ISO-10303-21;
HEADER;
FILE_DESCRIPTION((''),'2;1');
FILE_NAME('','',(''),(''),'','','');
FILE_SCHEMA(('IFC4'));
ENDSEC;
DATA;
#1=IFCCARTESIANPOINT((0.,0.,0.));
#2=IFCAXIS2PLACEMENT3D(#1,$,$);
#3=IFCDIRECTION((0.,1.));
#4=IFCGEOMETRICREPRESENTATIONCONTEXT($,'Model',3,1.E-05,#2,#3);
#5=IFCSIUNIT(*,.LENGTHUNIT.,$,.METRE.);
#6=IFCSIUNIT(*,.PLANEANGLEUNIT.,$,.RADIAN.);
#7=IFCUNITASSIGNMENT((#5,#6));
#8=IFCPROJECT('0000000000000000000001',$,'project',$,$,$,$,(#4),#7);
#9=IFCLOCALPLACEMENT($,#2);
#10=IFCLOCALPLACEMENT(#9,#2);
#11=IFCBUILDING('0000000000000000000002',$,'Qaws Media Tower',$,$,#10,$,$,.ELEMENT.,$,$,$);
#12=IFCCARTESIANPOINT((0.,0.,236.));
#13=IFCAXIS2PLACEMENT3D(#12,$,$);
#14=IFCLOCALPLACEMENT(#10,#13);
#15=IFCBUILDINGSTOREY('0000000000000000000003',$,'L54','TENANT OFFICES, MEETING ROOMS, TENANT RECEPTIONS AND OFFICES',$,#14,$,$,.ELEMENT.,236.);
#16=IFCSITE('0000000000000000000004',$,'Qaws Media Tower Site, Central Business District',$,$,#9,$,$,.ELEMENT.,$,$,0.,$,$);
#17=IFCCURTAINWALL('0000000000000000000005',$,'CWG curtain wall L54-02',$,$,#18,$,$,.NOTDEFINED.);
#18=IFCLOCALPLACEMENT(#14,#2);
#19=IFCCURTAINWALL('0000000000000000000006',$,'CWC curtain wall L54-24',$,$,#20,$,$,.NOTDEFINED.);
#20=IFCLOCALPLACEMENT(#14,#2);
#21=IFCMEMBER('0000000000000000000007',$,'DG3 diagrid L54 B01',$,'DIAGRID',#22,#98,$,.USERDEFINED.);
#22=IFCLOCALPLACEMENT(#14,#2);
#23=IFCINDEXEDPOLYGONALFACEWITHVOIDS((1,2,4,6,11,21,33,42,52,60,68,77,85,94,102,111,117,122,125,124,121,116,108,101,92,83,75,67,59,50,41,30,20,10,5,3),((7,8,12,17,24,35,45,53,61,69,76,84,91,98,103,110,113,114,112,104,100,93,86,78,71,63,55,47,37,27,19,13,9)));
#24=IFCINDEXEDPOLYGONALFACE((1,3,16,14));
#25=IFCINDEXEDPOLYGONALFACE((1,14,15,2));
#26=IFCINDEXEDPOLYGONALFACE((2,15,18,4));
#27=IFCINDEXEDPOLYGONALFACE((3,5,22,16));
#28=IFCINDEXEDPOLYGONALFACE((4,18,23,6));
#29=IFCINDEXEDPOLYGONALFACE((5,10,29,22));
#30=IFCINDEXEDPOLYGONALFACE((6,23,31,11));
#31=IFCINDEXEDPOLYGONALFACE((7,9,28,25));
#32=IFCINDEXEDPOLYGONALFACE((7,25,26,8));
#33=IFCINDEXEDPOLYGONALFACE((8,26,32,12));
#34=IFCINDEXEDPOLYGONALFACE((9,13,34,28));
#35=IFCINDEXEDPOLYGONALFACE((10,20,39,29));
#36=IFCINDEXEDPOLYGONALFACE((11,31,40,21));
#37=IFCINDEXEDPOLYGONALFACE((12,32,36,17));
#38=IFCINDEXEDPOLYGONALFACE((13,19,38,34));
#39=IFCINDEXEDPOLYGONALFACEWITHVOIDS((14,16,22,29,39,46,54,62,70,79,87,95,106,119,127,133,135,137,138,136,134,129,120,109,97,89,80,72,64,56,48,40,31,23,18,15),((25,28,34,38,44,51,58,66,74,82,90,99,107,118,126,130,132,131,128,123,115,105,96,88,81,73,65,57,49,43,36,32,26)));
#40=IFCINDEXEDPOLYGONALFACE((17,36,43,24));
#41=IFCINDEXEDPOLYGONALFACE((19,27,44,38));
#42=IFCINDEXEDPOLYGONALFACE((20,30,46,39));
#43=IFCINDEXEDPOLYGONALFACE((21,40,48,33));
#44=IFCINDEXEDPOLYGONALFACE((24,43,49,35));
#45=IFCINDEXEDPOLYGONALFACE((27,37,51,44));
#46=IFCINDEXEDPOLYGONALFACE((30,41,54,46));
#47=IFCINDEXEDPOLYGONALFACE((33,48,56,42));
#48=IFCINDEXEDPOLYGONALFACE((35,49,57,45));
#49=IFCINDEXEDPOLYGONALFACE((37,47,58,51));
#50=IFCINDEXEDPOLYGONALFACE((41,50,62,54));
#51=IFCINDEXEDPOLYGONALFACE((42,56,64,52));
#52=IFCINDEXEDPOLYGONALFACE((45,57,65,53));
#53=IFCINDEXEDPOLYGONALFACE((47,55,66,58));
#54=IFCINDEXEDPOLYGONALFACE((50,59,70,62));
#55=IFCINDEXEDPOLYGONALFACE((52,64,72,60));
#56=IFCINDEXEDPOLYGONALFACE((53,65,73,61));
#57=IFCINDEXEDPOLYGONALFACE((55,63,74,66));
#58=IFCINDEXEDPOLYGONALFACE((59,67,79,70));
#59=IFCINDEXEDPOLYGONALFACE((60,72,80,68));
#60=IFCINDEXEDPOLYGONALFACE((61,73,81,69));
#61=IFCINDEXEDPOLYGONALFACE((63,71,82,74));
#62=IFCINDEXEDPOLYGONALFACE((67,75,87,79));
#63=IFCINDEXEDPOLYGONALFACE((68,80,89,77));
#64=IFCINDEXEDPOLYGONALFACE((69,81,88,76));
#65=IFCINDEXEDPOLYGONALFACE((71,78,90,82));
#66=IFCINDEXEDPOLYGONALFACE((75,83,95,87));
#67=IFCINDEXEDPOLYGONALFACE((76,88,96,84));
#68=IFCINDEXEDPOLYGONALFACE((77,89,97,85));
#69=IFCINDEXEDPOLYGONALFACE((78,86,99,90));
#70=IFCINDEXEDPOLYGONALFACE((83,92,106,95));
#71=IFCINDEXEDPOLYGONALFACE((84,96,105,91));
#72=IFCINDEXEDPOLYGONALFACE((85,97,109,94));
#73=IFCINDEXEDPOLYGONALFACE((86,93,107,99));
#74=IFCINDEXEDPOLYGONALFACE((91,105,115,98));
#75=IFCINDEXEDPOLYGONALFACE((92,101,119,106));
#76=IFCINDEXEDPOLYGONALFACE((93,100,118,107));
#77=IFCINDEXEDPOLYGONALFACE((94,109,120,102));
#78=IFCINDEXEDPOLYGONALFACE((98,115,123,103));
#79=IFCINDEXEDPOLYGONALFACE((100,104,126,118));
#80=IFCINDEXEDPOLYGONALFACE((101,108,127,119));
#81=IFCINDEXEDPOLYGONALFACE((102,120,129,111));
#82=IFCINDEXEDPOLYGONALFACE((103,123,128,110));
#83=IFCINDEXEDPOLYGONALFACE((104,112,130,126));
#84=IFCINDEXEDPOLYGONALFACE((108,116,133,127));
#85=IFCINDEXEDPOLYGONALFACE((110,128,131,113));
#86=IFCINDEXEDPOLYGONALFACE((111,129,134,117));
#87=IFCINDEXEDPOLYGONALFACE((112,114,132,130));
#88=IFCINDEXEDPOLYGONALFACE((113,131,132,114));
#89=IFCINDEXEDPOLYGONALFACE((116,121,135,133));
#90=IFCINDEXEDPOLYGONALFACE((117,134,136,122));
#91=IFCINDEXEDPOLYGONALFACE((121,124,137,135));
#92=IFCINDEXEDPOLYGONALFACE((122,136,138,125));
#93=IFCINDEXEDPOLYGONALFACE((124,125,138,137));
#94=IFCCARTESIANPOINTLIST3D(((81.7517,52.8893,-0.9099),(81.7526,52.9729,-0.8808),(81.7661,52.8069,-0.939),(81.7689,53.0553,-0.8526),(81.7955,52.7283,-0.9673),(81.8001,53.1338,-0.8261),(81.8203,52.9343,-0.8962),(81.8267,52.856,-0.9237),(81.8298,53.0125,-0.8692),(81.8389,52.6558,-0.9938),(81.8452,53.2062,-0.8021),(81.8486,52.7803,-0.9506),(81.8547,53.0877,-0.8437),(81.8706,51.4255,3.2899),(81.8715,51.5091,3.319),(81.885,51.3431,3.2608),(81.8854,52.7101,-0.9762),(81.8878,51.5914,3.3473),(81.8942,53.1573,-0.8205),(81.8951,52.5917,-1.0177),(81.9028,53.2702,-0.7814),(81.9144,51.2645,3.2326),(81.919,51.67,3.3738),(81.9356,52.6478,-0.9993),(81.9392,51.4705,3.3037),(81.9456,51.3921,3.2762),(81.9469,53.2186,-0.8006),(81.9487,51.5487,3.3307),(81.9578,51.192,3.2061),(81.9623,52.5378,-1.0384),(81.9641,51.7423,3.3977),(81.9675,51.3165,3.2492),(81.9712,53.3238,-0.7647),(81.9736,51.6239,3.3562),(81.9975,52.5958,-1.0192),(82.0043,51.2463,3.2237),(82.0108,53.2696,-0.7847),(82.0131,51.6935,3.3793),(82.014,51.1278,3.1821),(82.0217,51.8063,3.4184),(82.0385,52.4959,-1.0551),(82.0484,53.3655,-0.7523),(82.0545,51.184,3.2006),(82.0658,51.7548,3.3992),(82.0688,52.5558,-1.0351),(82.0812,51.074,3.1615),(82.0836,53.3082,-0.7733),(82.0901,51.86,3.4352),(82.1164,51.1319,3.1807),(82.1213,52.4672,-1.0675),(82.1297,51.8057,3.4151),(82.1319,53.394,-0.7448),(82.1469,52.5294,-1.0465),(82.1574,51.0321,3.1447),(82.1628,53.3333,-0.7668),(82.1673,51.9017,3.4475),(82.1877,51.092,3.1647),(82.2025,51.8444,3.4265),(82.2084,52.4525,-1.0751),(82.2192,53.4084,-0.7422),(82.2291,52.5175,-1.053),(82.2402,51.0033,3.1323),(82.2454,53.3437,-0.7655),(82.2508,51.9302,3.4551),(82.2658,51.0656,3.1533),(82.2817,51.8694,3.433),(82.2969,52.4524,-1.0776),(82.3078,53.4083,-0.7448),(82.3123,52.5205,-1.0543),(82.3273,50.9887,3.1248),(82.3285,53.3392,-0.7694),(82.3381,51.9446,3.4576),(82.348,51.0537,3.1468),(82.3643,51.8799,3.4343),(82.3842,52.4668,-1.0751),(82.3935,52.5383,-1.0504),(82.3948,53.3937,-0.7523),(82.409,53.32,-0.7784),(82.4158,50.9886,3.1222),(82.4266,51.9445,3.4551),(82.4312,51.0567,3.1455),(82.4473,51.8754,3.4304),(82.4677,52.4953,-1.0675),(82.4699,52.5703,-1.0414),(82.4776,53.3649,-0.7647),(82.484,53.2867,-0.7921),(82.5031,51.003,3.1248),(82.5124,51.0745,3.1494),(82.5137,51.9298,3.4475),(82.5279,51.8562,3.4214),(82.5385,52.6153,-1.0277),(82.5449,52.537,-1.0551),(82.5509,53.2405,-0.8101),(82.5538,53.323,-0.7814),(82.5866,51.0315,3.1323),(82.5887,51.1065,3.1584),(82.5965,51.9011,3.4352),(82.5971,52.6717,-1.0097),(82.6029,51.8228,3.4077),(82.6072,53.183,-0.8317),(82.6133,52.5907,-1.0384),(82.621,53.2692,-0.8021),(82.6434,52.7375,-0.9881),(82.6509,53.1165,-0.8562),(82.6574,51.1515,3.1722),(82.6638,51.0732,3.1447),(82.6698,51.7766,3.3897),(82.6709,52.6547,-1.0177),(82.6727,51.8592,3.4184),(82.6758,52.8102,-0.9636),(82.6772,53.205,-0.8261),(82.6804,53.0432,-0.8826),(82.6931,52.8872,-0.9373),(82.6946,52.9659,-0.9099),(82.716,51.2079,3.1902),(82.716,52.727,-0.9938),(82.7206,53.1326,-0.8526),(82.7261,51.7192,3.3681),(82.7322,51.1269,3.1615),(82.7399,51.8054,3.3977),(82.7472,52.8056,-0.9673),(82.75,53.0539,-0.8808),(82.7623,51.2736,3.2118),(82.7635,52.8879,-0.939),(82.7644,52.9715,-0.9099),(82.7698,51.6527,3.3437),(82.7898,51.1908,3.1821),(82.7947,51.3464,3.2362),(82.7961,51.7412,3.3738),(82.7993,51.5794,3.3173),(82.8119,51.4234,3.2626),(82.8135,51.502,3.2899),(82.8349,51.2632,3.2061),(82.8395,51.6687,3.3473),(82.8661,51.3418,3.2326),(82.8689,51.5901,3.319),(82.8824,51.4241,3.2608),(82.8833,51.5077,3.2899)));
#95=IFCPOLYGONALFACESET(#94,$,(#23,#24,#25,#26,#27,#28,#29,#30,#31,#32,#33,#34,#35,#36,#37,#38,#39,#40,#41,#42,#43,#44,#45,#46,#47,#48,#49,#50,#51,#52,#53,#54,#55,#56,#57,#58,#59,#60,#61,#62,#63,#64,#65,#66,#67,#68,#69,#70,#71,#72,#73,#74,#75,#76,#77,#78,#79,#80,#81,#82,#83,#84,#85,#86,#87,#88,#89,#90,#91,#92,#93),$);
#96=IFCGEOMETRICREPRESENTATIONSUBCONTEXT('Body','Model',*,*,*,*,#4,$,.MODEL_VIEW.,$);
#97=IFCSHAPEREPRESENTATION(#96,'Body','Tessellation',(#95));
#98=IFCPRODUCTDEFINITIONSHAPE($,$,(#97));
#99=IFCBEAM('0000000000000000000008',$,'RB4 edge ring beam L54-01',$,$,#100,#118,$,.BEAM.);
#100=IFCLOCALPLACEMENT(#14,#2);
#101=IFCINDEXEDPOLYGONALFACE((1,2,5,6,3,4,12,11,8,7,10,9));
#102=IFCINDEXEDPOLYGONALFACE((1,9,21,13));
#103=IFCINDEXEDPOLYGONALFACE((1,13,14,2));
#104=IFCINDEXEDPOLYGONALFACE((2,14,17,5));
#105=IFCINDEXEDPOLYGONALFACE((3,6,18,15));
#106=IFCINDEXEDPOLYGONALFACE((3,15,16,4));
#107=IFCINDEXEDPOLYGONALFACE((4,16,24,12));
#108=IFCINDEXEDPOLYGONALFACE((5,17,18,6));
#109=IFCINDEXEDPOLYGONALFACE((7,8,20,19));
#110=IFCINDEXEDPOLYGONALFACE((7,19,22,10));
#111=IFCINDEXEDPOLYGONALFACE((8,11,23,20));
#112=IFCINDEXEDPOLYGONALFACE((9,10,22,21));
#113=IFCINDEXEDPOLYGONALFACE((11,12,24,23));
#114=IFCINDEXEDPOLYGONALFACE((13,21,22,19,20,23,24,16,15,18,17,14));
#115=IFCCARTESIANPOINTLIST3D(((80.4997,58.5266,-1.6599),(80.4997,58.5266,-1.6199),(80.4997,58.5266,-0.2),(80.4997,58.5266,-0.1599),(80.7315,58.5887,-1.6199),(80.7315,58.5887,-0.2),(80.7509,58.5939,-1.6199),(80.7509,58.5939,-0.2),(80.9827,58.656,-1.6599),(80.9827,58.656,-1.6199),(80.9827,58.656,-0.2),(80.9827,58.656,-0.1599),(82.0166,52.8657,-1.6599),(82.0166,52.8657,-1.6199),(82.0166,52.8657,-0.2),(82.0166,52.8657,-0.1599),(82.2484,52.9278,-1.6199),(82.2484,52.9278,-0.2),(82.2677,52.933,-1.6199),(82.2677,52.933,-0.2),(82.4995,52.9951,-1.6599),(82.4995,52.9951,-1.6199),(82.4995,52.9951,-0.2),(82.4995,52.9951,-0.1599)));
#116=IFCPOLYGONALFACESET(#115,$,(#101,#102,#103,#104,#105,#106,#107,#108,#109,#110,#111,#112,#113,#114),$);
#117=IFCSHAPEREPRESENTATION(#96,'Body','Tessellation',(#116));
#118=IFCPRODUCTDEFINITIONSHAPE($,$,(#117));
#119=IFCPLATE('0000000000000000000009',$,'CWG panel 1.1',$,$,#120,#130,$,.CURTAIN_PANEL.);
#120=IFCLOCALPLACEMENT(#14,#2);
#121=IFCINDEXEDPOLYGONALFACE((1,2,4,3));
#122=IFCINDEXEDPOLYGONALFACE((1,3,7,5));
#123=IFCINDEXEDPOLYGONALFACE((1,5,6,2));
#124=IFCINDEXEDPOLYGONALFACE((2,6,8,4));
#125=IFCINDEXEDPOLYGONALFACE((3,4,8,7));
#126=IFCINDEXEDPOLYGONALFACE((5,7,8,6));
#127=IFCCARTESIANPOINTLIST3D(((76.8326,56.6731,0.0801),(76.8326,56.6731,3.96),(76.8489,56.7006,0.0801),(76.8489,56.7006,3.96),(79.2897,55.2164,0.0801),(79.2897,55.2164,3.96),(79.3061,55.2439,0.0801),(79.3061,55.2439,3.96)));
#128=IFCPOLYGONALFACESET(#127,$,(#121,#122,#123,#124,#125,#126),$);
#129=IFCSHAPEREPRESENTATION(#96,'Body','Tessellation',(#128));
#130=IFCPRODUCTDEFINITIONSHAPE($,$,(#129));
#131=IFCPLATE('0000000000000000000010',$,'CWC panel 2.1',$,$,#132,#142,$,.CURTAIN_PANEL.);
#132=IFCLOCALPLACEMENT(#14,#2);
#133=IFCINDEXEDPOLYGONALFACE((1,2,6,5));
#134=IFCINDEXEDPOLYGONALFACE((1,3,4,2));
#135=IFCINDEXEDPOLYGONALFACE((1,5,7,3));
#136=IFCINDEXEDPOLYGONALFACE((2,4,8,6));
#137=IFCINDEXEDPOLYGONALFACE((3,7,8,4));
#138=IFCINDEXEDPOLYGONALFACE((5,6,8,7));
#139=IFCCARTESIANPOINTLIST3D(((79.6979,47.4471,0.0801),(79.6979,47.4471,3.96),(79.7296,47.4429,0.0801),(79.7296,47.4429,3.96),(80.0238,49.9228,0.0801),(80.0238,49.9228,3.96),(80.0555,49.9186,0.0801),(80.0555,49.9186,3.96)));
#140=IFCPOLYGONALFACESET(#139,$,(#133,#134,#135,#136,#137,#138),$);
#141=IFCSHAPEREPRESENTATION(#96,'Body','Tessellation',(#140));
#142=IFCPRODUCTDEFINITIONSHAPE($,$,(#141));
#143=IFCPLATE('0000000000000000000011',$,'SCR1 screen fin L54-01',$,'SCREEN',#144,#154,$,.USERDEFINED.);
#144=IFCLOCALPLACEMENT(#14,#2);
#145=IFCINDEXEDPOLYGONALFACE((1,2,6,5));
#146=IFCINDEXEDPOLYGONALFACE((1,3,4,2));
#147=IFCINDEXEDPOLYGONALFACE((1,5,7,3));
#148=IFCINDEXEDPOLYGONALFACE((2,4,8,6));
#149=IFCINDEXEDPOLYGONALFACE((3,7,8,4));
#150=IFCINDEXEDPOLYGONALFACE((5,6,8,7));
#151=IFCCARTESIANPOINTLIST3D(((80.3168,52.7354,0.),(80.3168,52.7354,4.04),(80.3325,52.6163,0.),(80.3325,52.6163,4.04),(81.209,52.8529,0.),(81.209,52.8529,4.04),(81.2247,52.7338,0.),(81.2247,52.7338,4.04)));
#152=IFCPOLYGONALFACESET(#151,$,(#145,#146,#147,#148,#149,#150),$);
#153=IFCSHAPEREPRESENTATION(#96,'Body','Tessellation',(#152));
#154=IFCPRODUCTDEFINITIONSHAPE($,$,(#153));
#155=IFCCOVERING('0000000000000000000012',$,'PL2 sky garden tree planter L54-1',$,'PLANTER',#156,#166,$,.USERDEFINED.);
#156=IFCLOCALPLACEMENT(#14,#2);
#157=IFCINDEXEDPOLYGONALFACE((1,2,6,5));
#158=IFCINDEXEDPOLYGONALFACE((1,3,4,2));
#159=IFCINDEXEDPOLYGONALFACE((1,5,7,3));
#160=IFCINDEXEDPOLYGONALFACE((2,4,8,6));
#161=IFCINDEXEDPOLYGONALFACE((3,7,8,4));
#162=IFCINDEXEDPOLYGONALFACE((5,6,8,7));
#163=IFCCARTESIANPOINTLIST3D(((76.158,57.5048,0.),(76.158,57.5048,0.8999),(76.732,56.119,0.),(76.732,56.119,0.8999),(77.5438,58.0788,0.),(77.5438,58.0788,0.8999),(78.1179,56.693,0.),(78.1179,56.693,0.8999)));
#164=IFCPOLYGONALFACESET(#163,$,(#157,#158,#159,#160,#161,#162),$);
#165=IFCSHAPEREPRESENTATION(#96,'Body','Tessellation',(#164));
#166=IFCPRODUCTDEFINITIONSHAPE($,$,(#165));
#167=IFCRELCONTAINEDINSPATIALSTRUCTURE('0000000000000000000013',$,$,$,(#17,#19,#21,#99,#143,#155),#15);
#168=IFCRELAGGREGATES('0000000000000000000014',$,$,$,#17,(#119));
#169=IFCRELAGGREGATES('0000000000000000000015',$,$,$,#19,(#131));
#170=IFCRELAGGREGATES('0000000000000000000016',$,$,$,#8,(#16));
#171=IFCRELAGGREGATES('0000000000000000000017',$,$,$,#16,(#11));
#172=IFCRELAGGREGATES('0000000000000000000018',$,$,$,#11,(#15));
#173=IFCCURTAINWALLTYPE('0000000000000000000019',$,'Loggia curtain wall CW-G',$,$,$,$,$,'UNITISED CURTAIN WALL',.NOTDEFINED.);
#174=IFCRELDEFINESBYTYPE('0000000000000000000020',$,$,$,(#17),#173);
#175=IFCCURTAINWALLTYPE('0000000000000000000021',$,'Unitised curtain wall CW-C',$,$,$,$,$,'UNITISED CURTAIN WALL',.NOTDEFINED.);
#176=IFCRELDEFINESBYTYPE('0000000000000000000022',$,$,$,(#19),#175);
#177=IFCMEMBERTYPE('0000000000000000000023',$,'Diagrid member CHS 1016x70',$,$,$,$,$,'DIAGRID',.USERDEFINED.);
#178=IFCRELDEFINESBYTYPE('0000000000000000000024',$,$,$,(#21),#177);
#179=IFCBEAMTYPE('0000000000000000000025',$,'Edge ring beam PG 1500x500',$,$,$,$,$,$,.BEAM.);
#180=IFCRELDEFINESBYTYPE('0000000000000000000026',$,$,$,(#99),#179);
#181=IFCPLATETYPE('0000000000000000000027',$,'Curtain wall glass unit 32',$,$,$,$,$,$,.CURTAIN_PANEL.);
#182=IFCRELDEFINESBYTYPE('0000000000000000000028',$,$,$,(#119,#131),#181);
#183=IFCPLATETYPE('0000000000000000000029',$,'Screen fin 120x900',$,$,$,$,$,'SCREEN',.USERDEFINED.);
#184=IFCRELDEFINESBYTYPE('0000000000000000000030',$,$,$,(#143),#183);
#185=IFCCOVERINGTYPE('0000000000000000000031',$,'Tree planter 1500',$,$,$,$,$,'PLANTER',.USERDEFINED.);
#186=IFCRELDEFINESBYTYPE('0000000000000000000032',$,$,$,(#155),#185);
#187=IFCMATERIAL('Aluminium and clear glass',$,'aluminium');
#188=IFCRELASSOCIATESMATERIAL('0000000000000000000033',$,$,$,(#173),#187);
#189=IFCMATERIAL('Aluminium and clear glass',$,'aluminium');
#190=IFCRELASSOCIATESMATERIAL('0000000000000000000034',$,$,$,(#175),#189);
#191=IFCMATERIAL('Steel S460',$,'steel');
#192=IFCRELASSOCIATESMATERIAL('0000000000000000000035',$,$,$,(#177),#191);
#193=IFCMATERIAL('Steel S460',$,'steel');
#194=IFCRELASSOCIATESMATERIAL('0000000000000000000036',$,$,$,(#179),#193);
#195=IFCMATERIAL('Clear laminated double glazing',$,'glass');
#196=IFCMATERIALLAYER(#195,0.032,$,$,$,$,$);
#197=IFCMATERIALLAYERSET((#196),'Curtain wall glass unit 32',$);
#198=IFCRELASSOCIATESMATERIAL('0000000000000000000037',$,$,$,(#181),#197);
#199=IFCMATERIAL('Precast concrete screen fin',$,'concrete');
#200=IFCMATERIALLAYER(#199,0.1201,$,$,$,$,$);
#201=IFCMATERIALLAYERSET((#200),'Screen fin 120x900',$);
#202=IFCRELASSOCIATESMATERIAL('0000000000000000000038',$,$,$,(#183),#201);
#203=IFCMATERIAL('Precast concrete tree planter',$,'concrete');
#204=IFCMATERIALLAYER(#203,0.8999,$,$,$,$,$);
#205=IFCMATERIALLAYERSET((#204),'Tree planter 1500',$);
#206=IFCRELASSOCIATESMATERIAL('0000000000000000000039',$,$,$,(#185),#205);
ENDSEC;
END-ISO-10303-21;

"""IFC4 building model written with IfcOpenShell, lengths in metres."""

from ifc_helpers import new_model, si_unit, direction, frame, origin, origin_2d, place, context, subcontext, project, spatial, rectangle, hollow_circle, i_section, extrude, material, layer, layer_set, material_profile, profile_set, type_object, element, aggregate, save


model = new_model("IFC4")

# Units and contexts
model_context = context("Model", 3, precision=1e-05, world=origin(), true_north=direction((0.0, 1.0)))
body_context = subcontext(model_context, "Body", "Model", "MODEL_VIEW")
ifc_project = project(units=[si_unit("LENGTHUNIT", "METRE"), si_unit("PLANEANGLEUNIT", "RADIAN")], contexts=[model_context])

# Site, building, storey
site_placement = place(None, origin())
site = spatial("IfcSite", under=ifc_project, at=site_placement, Name="Qaws Media Tower Site, Central Business District", CompositionType="ELEMENT", RefElevation=0.0)
building_placement = place(site_placement, origin())
building = spatial("IfcBuilding", under=site, at=building_placement, Name="Qaws Media Tower", CompositionType="ELEMENT")
storey_placement = place(building_placement, frame((0.0, 0.0, 236.0)))
storey = spatial("IfcBuildingStorey", under=building, at=storey_placement, Name="L54", Description="TENANT OFFICES, MEETING ROOMS, TENANT RECEPTIONS AND OFFICES", CompositionType="ELEMENT", Elevation=236.0)

# Curtain wall
ifc_material_1 = material(Name="Aluminium and clear glass", Category="aluminium")
curtain_wall_type_1 = type_object("IfcCurtainWallType", Name="Loggia curtain wall CW-G", ElementType="UNITISED CURTAIN WALL", PredefinedType="NOTDEFINED", material=ifc_material_1)
curtain_wall_1_placement = place(storey_placement, origin())
curtain_wall_1 = element("IfcCurtainWall", 1, at=curtain_wall_1_placement, inside=storey, type_object=curtain_wall_type_1, Name="CWG curtain wall L54-02", PredefinedType="NOTDEFINED")

# Curtain wall
ifc_material_2 = material(Name="Aluminium and clear glass", Category="aluminium")
curtain_wall_type_2 = type_object("IfcCurtainWallType", Name="Unitised curtain wall CW-C", ElementType="UNITISED CURTAIN WALL", PredefinedType="NOTDEFINED", material=ifc_material_2)
curtain_wall_2_placement = place(storey_placement, origin())
curtain_wall_2 = element("IfcCurtainWall", 2, at=curtain_wall_2_placement, inside=storey, type_object=curtain_wall_type_2, Name="CWC curtain wall L54-24", PredefinedType="NOTDEFINED")

# Member
ifc_material_3 = material(Name="Steel S460", Category="steel")
ifc_material_profile_1 = material_profile(ifc_material_3, hollow_circle(Radius=0.5081, WallThickness=0.0701, at=origin_2d()), Name="CHS 1016x70")
ifc_profile_set_1 = profile_set([ifc_material_profile_1], Name="Steel S460")
member_type_1 = type_object("IfcMemberType", Name="Diagrid member CHS 1016x70", ElementType="DIAGRID", PredefinedType="USERDEFINED", material=ifc_profile_set_1)
for number, where, z_axis, x_axis, name in (
    (3, (82.2581, 52.9304, -0.9099), (0.026722, -0.329008, 0.943949), (0.996718, 0.080954, 0.0), "DG3 diagrid L54 B01"),
):
    element("IfcMember", number, at=place(storey_placement, frame(where, z_axis=z_axis, x_axis=x_axis)), inside=storey, type_object=member_type_1, Name=name, ObjectType="DIAGRID", PredefinedType="USERDEFINED", context=body_context, shape_type="SweptSolid", body=[
        extrude(hollow_circle(Radius=0.5081, WallThickness=0.0701, at=origin_2d()), origin(), (0.0, 0.0, 1.0), 4.4492),
    ])

# Beam
ifc_material_4 = material(Name="Steel S460", Category="steel")
ifc_material_profile_2 = material_profile(ifc_material_4, i_section(OverallWidth=0.5, OverallDepth=1.5, WebThickness=0.02, FlangeThickness=0.04, at=origin_2d()), Name="PG 1500x500")
ifc_profile_set_2 = profile_set([ifc_material_profile_2], Name="Steel S460")
beam_type = type_object("IfcBeamType", Name="Edge ring beam PG 1500x500", PredefinedType="BEAM", material=ifc_profile_set_2)
beam_placement = place(storey_placement, frame((82.2581, 52.9304, -0.9099), z_axis=(-0.258821, 0.965925, 0.0), x_axis=(-0.965925, -0.258821, 0.0)))
element("IfcBeam", 4, at=beam_placement, inside=storey, type_object=beam_type, Name="RB4 edge ring beam L54-01", PredefinedType="BEAM", context=body_context, shape_type="SweptSolid", body=[
    extrude(i_section(OverallWidth=0.5, OverallDepth=1.5, WebThickness=0.02, FlangeThickness=0.04, at=origin_2d()), origin(), (0.0, 0.0, 1.0), 5.8606),
])

# Plates
ifc_material_5 = material(Name="Clear laminated double glazing", Category="glass")
ifc_layer_1 = layer(ifc_material_5, 0.032)
ifc_layer_set_1 = layer_set([ifc_layer_1], Name="Curtain wall glass unit 32")
plate_type_1 = type_object("IfcPlateType", Name="Curtain wall glass unit 32", PredefinedType="CURTAIN_PANEL", material=ifc_layer_set_1)
plate_1_placement = place(storey_placement, frame((78.0693, 55.9585, 0.0801), z_axis=(0.0, 0.0, 1.0), x_axis=(-0.860204, 0.509951, 0.0)))
plate_1 = element("IfcPlate", 5, at=plate_1_placement, type_object=plate_type_1, Name="CWG panel 1.1", PredefinedType="CURTAIN_PANEL", context=body_context, shape_type="SweptSolid", body=[
    extrude(rectangle(XDim=2.8564, YDim=0.032, at=origin_2d()), origin(), (0.0, 0.0, 1.0), 3.8799),
])
aggregate(curtain_wall_1, [plate_1])
plate_2_placement = place(storey_placement, frame((79.8767, 48.6829, 0.0801), z_axis=(0.0, 0.0, 1.0), x_axis=(0.130526, 0.991445, 0.0)))
plate_2 = element("IfcPlate", 6, at=plate_2_placement, type_object=plate_type_1, Name="CWC panel 2.1", PredefinedType="CURTAIN_PANEL", context=body_context, shape_type="SweptSolid", body=[
    extrude(rectangle(XDim=2.4971, YDim=0.032, at=origin_2d()), origin(), (0.0, 0.0, 1.0), 3.8799),
])
aggregate(curtain_wall_2, [plate_2])
ifc_material_6 = material(Name="Precast concrete screen fin", Category="concrete")
ifc_layer_2 = layer(ifc_material_6, 0.1201)
ifc_layer_set_2 = layer_set([ifc_layer_2], Name="Screen fin 120x900")
plate_type_2 = type_object("IfcPlateType", Name="Screen fin 120x900", ElementType="SCREEN", PredefinedType="USERDEFINED", material=ifc_layer_set_2)
plate_3_placement = place(storey_placement, frame((80.7708, 52.7346, 0.0), z_axis=(0.0, 0.0, 1.0), x_axis=(0.991445, 0.130526, 0.0)))
element("IfcPlate", 7, at=plate_3_placement, inside=storey, type_object=plate_type_2, Name="SCR1 screen fin L54-01", ObjectType="SCREEN", PredefinedType="USERDEFINED", context=body_context, shape_type="SweptSolid", body=[
    extrude(rectangle(XDim=0.8999, YDim=0.1201, at=origin_2d()), origin(), (0.0, 0.0, 1.0), 4.04),
])

# Covering
ifc_material_7 = material(Name="Precast concrete tree planter", Category="concrete")
ifc_layer_3 = layer(ifc_material_7, 0.8999)
ifc_layer_set_3 = layer_set([ifc_layer_3], Name="Tree planter 1500")
covering_type = type_object("IfcCoveringType", Name="Tree planter 1500", ElementType="PLANTER", PredefinedType="USERDEFINED", material=ifc_layer_set_3)
covering_placement = place(storey_placement, frame((77.1379, 57.0989, 0.0), z_axis=(0.0, 0.0, 1.0), x_axis=(0.92388, 0.382683, 0.0)))
element("IfcCovering", 8, at=covering_placement, inside=storey, type_object=covering_type, Name="PL2 sky garden tree planter L54-1", ObjectType="PLANTER", PredefinedType="USERDEFINED", context=body_context, shape_type="SweptSolid", body=[
    extrude(rectangle(XDim=1.5, YDim=1.5, at=origin_2d()), origin(), (0.0, 0.0, 1.0), 0.8999),
])

save(model, "model.ifc")
